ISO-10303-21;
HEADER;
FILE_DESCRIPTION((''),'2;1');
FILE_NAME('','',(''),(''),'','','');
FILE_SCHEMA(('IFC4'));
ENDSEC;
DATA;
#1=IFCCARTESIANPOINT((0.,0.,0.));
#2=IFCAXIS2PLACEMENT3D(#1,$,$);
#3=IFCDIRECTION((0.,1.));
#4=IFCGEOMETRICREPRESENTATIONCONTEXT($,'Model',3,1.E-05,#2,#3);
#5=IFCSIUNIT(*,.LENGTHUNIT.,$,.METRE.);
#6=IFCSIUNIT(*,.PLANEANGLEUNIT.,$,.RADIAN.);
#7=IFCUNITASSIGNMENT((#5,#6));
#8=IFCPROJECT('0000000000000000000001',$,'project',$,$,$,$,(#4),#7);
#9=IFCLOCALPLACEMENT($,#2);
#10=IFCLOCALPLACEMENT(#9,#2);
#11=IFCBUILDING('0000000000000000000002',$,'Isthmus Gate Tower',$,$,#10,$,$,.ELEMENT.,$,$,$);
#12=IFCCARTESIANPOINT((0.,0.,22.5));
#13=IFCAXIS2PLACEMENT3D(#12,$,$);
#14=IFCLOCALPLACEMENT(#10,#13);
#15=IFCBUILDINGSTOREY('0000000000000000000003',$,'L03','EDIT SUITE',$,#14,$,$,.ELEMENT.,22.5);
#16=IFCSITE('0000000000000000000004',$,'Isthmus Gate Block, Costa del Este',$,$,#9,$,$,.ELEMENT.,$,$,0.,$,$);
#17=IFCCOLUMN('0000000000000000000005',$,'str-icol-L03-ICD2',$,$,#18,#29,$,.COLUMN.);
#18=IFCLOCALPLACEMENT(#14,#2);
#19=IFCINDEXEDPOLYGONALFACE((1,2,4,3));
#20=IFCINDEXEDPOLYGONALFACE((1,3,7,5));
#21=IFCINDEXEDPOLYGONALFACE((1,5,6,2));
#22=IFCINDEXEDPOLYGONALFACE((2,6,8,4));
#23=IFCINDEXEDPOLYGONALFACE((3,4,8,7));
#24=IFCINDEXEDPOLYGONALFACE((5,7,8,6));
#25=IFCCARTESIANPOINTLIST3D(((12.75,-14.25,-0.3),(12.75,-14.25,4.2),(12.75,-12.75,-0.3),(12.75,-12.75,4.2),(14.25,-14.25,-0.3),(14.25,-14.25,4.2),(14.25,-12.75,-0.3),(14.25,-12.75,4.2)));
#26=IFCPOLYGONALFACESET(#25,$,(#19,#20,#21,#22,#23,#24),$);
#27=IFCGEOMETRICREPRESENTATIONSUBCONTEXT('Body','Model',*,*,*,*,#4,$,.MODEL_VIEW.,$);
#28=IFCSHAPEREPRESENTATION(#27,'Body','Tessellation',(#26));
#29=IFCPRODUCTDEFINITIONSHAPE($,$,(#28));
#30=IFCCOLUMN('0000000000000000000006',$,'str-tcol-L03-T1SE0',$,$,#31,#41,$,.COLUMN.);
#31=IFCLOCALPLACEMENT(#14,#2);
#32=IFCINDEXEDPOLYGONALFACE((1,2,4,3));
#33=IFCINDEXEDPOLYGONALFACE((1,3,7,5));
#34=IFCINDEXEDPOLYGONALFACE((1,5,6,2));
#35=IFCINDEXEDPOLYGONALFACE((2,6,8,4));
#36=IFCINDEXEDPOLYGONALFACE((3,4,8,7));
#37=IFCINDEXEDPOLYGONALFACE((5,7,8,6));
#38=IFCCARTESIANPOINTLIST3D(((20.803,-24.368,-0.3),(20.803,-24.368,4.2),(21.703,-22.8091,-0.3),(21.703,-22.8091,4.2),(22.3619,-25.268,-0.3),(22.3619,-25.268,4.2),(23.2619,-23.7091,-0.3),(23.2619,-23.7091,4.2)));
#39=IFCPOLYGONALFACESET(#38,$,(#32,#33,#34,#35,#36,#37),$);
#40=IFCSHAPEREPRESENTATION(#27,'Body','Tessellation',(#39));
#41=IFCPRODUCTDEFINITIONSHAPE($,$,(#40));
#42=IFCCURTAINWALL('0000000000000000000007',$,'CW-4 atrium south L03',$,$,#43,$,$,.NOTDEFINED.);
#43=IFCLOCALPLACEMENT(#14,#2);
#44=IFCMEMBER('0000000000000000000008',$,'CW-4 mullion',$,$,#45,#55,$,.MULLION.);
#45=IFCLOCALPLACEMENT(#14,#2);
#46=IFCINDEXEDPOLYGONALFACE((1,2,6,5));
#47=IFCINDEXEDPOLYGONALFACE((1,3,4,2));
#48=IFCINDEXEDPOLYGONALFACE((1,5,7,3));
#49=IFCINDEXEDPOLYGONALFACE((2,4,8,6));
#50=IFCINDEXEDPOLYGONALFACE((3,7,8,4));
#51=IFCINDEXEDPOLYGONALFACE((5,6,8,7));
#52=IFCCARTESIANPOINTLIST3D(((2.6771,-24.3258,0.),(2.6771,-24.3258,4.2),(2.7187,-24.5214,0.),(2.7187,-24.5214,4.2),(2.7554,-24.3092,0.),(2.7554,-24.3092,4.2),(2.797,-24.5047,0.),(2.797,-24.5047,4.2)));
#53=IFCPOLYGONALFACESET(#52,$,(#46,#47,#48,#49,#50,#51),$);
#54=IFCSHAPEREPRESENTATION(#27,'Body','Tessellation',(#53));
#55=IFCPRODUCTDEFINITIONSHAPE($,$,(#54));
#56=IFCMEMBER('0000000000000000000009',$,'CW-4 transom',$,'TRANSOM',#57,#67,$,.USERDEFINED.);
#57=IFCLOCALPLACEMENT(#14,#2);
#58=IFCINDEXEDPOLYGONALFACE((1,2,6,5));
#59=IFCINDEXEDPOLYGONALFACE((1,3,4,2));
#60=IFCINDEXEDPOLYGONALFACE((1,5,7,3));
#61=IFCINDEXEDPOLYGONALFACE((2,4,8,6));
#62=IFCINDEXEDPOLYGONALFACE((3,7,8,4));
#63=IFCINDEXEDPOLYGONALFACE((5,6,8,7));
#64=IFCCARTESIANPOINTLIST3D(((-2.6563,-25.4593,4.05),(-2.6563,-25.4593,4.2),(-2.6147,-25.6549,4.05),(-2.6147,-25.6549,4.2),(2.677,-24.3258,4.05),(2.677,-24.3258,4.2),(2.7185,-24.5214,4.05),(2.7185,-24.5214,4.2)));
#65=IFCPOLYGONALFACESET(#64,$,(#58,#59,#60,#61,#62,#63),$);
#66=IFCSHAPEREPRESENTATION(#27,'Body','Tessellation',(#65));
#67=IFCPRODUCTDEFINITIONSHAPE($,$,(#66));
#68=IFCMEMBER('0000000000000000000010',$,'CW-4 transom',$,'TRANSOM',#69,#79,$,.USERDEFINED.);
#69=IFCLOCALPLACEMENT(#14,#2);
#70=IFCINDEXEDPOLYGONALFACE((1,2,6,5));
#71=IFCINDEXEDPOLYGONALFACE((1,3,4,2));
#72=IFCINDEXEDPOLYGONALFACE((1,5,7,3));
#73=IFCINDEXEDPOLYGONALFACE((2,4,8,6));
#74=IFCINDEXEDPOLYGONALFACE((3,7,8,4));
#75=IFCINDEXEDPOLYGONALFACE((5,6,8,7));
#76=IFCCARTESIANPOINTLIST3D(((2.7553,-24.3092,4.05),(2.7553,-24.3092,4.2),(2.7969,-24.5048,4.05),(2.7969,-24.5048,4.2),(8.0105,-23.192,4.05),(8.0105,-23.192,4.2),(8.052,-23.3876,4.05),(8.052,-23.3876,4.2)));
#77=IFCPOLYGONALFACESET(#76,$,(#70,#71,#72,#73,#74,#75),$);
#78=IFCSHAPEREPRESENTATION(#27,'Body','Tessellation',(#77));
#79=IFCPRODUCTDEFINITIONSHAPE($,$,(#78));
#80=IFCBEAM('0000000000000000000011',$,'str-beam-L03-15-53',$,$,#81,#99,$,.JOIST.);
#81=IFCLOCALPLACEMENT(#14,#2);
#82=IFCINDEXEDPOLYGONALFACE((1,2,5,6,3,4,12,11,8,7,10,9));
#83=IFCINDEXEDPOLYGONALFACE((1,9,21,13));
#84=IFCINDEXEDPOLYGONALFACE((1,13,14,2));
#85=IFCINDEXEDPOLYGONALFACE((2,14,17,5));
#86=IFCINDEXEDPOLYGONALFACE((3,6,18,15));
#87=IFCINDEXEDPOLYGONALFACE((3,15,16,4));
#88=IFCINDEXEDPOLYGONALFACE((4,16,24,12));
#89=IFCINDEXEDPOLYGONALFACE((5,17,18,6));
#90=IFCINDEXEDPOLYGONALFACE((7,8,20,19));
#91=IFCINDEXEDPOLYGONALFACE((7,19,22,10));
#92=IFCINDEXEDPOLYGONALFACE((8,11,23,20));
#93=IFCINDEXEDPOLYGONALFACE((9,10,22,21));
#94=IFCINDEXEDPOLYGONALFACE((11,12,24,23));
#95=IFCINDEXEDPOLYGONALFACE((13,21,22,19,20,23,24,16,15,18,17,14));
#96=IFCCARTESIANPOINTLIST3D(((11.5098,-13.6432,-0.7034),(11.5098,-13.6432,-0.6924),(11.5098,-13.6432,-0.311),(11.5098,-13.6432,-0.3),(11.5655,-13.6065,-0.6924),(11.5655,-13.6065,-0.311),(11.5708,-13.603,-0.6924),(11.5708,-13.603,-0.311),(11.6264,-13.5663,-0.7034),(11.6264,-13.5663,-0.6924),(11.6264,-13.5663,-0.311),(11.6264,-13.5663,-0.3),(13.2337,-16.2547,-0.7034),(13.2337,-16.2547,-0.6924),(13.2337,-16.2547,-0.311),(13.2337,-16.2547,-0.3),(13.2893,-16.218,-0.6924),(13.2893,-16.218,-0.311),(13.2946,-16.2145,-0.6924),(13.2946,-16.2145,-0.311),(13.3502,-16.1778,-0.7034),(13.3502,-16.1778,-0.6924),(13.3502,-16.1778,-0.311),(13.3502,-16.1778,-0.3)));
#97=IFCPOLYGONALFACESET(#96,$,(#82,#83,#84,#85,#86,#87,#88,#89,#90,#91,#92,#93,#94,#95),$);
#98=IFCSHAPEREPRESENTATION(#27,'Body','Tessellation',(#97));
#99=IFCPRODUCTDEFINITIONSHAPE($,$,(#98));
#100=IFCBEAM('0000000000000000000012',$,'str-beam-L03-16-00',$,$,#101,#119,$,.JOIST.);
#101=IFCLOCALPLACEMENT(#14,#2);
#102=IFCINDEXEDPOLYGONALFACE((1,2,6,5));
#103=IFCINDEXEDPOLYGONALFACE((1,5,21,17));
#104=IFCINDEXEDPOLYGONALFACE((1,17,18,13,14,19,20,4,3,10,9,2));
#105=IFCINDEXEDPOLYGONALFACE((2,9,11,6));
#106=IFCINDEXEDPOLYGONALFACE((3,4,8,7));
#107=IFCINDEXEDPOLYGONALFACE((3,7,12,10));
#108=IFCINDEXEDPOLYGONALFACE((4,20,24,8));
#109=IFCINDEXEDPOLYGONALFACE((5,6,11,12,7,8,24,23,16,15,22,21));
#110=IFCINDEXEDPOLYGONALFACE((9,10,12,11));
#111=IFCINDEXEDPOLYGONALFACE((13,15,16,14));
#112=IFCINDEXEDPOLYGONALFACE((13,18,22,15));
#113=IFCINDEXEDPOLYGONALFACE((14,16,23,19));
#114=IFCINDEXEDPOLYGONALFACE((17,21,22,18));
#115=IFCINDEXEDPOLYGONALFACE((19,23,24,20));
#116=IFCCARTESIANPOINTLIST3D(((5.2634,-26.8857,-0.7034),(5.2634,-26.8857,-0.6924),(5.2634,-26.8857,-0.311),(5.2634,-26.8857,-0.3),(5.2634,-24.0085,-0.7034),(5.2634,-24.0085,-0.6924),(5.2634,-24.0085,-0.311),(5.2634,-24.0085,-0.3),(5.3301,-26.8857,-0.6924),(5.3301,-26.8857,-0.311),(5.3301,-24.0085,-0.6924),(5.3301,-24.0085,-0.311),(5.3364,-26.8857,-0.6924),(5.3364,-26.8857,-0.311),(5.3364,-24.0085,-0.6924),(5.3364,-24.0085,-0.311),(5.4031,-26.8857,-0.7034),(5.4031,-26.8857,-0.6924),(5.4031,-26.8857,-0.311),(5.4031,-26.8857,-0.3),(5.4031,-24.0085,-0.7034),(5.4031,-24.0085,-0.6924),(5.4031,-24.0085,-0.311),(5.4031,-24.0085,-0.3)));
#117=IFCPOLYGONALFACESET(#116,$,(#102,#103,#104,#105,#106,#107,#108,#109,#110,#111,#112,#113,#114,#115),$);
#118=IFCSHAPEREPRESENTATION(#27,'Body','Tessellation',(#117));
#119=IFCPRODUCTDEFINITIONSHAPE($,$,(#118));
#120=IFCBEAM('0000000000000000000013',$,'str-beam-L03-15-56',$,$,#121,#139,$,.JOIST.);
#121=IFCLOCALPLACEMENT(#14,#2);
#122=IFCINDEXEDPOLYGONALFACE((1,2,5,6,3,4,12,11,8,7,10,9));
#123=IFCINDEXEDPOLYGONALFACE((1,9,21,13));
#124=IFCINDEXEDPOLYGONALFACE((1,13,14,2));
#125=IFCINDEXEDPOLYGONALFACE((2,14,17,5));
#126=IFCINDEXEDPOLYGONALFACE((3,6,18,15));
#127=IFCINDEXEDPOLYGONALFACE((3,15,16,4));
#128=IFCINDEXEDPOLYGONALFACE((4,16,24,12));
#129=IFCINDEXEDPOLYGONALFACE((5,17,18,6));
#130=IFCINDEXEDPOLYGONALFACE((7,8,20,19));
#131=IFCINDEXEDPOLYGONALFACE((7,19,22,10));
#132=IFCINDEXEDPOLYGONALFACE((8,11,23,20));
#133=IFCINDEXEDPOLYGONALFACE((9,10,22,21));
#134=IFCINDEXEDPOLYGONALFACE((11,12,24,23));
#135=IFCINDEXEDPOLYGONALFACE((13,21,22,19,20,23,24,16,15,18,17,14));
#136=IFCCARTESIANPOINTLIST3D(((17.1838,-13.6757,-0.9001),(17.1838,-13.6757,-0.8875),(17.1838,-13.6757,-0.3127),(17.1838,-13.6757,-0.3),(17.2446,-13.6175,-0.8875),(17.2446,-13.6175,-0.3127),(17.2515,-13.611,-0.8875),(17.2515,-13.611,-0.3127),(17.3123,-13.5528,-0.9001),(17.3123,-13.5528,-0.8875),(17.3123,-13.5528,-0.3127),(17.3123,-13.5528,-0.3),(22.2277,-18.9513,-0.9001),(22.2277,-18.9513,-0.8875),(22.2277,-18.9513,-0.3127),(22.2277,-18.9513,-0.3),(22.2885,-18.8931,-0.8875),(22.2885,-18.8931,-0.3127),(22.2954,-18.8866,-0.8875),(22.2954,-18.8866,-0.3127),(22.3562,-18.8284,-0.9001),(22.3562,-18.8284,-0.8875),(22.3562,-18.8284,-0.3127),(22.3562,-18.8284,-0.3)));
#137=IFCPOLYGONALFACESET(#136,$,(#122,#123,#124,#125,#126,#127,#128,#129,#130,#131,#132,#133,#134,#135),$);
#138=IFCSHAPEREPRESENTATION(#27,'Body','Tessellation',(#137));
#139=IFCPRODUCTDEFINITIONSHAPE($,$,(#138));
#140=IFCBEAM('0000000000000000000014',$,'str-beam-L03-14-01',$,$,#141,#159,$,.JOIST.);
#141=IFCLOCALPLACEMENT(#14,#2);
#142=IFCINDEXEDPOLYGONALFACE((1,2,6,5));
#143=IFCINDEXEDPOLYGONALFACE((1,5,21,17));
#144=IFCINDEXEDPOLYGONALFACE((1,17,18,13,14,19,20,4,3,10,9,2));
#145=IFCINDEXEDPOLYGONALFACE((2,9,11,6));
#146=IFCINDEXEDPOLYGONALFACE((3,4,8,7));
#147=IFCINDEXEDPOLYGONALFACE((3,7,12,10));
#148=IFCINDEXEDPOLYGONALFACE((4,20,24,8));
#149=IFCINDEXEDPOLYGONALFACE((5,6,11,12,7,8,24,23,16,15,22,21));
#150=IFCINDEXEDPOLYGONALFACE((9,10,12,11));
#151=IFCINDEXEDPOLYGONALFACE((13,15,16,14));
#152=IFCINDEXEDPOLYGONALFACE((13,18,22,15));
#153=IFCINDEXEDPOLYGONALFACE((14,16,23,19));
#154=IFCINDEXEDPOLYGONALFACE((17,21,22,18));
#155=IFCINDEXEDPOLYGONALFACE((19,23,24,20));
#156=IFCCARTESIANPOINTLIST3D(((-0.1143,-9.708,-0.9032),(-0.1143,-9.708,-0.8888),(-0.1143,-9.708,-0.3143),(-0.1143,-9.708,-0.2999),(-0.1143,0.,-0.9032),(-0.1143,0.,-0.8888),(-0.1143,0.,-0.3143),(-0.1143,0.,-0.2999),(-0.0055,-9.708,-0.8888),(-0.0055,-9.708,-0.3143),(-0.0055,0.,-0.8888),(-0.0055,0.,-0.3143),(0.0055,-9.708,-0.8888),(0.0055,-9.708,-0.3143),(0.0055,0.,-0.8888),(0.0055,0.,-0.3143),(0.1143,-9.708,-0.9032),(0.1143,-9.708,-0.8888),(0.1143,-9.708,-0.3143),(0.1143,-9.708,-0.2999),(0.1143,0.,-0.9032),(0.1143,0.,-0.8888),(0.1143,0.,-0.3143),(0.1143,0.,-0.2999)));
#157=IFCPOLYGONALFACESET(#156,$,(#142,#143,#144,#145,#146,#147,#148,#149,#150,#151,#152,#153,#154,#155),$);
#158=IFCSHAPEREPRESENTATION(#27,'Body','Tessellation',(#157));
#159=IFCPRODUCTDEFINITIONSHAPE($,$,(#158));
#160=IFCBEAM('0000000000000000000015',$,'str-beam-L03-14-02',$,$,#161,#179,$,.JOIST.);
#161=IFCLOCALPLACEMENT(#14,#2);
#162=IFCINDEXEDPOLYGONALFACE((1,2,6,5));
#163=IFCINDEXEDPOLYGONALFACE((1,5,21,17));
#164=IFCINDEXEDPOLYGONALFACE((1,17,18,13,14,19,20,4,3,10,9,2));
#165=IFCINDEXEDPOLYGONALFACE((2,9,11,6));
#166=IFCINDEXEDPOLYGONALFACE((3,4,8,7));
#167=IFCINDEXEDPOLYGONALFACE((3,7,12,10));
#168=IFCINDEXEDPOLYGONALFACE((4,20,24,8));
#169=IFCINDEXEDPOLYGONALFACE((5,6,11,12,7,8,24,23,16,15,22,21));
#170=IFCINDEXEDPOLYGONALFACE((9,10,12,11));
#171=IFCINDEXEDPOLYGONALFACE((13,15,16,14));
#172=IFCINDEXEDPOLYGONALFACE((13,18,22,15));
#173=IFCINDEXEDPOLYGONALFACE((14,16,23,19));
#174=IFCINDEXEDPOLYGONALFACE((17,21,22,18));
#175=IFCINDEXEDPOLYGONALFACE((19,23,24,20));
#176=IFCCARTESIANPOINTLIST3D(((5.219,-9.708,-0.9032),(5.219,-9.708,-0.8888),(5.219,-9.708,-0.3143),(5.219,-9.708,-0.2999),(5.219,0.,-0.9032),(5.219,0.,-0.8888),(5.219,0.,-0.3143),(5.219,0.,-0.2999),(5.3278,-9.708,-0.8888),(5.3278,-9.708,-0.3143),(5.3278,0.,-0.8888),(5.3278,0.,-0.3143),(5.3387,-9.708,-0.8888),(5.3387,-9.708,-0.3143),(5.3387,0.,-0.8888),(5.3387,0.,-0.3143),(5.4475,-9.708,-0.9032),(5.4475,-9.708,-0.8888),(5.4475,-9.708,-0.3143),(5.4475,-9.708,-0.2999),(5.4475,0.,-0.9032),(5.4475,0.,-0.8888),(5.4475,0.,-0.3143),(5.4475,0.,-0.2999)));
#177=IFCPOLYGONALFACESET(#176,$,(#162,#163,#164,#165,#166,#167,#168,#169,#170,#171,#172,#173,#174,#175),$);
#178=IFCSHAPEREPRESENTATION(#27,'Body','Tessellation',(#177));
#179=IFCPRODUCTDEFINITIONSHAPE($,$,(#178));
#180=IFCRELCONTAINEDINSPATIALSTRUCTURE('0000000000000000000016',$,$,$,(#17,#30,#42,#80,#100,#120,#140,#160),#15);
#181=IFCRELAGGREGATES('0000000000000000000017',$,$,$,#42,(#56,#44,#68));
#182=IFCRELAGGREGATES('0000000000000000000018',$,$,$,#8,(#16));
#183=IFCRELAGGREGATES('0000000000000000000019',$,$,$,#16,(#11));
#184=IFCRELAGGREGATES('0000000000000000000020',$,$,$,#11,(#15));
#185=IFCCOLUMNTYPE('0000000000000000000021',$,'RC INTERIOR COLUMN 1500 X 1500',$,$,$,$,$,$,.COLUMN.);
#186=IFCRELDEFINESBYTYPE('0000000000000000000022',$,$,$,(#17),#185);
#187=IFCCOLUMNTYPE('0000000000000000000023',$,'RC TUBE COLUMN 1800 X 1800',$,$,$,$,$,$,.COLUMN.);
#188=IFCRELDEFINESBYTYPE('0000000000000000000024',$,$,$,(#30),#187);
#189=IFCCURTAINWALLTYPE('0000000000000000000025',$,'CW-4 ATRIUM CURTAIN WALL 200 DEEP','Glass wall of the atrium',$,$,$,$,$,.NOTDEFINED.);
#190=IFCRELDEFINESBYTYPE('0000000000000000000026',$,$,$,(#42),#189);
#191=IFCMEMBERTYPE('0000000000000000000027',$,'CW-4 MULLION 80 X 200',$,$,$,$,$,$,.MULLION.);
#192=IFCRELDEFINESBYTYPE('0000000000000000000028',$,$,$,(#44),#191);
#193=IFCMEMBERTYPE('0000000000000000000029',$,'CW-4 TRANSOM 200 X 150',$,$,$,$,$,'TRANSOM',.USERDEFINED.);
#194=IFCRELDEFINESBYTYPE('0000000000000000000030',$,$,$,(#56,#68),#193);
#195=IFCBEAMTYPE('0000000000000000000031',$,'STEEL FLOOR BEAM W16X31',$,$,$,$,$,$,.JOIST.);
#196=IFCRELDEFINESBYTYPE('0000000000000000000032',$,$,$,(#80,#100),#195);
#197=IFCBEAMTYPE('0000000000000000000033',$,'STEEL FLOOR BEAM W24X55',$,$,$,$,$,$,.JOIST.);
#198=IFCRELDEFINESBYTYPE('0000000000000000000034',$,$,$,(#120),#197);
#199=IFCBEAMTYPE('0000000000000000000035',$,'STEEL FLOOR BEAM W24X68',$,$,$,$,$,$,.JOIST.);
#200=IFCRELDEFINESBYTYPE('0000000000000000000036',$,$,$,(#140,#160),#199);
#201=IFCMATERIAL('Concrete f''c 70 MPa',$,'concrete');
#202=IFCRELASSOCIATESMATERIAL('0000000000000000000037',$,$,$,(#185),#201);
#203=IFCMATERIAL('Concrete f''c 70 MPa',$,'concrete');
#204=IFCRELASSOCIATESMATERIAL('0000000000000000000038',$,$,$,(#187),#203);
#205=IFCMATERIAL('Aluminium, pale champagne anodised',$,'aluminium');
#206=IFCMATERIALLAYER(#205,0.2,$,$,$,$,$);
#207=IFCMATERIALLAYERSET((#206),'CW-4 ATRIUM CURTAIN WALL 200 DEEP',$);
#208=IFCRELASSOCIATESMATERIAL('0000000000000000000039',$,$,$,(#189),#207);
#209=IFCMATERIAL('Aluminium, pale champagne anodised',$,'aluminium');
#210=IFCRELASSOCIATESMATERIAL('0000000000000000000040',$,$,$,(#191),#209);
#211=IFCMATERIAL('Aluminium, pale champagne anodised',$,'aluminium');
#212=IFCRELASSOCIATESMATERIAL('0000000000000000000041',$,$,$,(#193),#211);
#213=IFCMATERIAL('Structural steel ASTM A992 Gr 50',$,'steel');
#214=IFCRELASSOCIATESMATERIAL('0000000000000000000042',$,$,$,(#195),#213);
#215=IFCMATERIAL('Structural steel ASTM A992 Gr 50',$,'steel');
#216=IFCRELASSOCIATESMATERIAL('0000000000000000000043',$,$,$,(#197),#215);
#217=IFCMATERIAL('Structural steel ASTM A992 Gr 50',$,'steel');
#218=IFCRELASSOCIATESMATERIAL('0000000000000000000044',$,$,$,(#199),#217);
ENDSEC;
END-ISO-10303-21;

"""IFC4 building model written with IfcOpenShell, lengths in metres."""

from ifc_helpers import new_model, si_unit, direction, frame, origin, origin_2d, place, context, subcontext, project, spatial, rectangle, i_section, extrude, material, layer, layer_set, material_profile, profile_set, type_object, element, aggregate, save


model = new_model("IFC4")

# Units and contexts
model_context = context("Model", 3, precision=1e-05, world=origin(), true_north=direction((0.0, 1.0)))
body_context = subcontext(model_context, "Body", "Model", "MODEL_VIEW")
ifc_project = project(units=[si_unit("LENGTHUNIT", "METRE"), si_unit("PLANEANGLEUNIT", "RADIAN")], contexts=[model_context])

# Site, building, storey
site_placement = place(None, origin())
site = spatial("IfcSite", under=ifc_project, at=site_placement, Name="Isthmus Gate Block, Costa del Este", CompositionType="ELEMENT", RefElevation=0.0)
building_placement = place(site_placement, origin())
building = spatial("IfcBuilding", under=site, at=building_placement, Name="Isthmus Gate Tower", CompositionType="ELEMENT")
storey_placement = place(building_placement, frame((0.0, 0.0, 22.5)))
storey = spatial("IfcBuildingStorey", under=building, at=storey_placement, Name="L03", Description="EDIT SUITE", CompositionType="ELEMENT", Elevation=22.5)

# Columns
ifc_material_1 = material(Name="Concrete f'c 70 MPa", Category="concrete")
ifc_material_profile_1 = material_profile(ifc_material_1, rectangle(XDim=1.5, YDim=1.5, at=origin_2d()), Name="RC 1500X1500")
ifc_profile_set_1 = profile_set([ifc_material_profile_1], Name="Concrete f'c 70 MPa")
column_type_1 = type_object("IfcColumnType", Name="RC INTERIOR COLUMN 1500 X 1500", PredefinedType="COLUMN", material=ifc_profile_set_1)
column_1_placement = place(storey_placement, frame((13.5, -13.5, -0.3), z_axis=(0.0, 0.0, 1.0), x_axis=(1.0, 0.0, 0.0)))
element("IfcColumn", 1, at=column_1_placement, inside=storey, type_object=column_type_1, Name="str-icol-L03-ICD2", PredefinedType="COLUMN", context=body_context, shape_type="SweptSolid", body=[
    extrude(rectangle(XDim=1.5, YDim=1.5, at=origin_2d()), origin(), (0.0, 0.0, 1.0), 4.5),
])
ifc_material_2 = material(Name="Concrete f'c 70 MPa", Category="concrete")
ifc_material_profile_2 = material_profile(ifc_material_2, rectangle(XDim=1.8, YDim=1.8, at=origin_2d()), Name="RC 1800X1800")
ifc_profile_set_2 = profile_set([ifc_material_profile_2], Name="Concrete f'c 70 MPa")
column_type_2 = type_object("IfcColumnType", Name="RC TUBE COLUMN 1800 X 1800", PredefinedType="COLUMN", material=ifc_profile_set_2)
column_2_placement = place(storey_placement, frame((22.0325, -24.0386, -0.3), z_axis=(0.0, 0.0, 1.0), x_axis=(0.5, 0.866025, 0.0)))
element("IfcColumn", 2, at=column_2_placement, inside=storey, type_object=column_type_2, Name="str-tcol-L03-T1SE0", PredefinedType="COLUMN", context=body_context, shape_type="SweptSolid", body=[
    extrude(rectangle(XDim=1.8, YDim=1.8, at=origin_2d()), origin(), (0.0, 0.0, 1.0), 4.5),
])

# Curtain wall, members
ifc_material_3 = material(Name="Aluminium, pale champagne anodised", Category="aluminium")
ifc_layer_1 = layer(ifc_material_3, 0.2)
ifc_layer_set_1 = layer_set([ifc_layer_1], Name="CW-4 ATRIUM CURTAIN WALL 200 DEEP")
curtain_wall_type = type_object("IfcCurtainWallType", Name="CW-4 ATRIUM CURTAIN WALL 200 DEEP", Description="Glass wall of the atrium", PredefinedType="NOTDEFINED", material=ifc_layer_set_1)
curtain_wall_placement = place(storey_placement, origin())
curtain_wall = element("IfcCurtainWall", 3, at=curtain_wall_placement, inside=storey, type_object=curtain_wall_type, Name="CW-4 atrium south L03", PredefinedType="NOTDEFINED")
ifc_material_4 = material(Name="Aluminium, pale champagne anodised", Category="aluminium")
ifc_material_profile_3 = material_profile(ifc_material_4, rectangle(XDim=0.0801, YDim=0.2, at=origin_2d()), Name="80x200")
ifc_profile_set_3 = profile_set([ifc_material_profile_3], Name="Aluminium, pale champagne anodised")
member_type_1 = type_object("IfcMemberType", Name="CW-4 MULLION 80 X 200", PredefinedType="MULLION", material=ifc_profile_set_3)
member_1_placement = place(storey_placement, frame((2.7371, -24.4153, 0.0), z_axis=(0.0, 0.0, 1.0), x_axis=(0.978148, 0.207912, 0.0)))
member_1 = element("IfcMember", 4, at=member_1_placement, type_object=member_type_1, Name="CW-4 mullion", PredefinedType="MULLION", context=body_context, shape_type="SweptSolid", body=[
    extrude(rectangle(XDim=0.0801, YDim=0.2, at=origin_2d()), origin(), (0.0, 0.0, 1.0), 4.2),
])
ifc_material_5 = material(Name="Aluminium, pale champagne anodised", Category="aluminium")
ifc_material_profile_4 = material_profile(ifc_material_5, rectangle(XDim=0.2, YDim=0.1499, at=origin_2d()), Name="200x150")
ifc_profile_set_4 = profile_set([ifc_material_profile_4], Name="Aluminium, pale champagne anodised")
member_type_2 = type_object("IfcMemberType", Name="CW-4 TRANSOM 200 X 150", ElementType="TRANSOM", PredefinedType="USERDEFINED", material=ifc_profile_set_4)
member_2_placement = place(storey_placement, frame((-2.6355, -25.5571, 4.125), z_axis=(0.97815, 0.207899, 0.0), x_axis=(-0.207899, 0.97815, 0.0)))
member_2 = element("IfcMember", 5, at=member_2_placement, type_object=member_type_2, Name="CW-4 transom", ObjectType="TRANSOM", PredefinedType="USERDEFINED", context=body_context, shape_type="SweptSolid", body=[
    extrude(rectangle(XDim=0.2, YDim=0.1499, at=origin_2d()), origin(), (0.0, 0.0, 1.0), 5.4524),
])
member_3_placement = place(storey_placement, frame((2.7761, -24.407, 4.125), z_axis=(0.978141, 0.207943, 0.0), x_axis=(-0.207943, 0.978141, 0.0)))
member_3 = element("IfcMember", 6, at=member_3_placement, type_object=member_type_2, Name="CW-4 transom", ObjectType="TRANSOM", PredefinedType="USERDEFINED", context=body_context, shape_type="SweptSolid", body=[
    extrude(rectangle(XDim=0.2, YDim=0.1499, at=origin_2d()), origin(), (0.0, 0.0, 1.0), 5.3726),
])

# Beams
ifc_material_6 = material(Name="Structural steel ASTM A992 Gr 50", Category="steel")
ifc_material_profile_5 = material_profile(ifc_material_6, i_section(OverallWidth=0.1396, OverallDepth=0.4033, WebThickness=0.0063, FlangeThickness=0.011, at=origin_2d()), Name="W16X31")
ifc_profile_set_5 = profile_set([ifc_material_profile_5], Name="Structural steel ASTM A992 Gr 50")
beam_type_1 = type_object("IfcBeamType", Name="STEEL FLOOR BEAM W16X31", PredefinedType="JOIST", material=ifc_profile_set_5)
beam_1_placement = place(storey_placement, frame((11.5681, -13.6047, -0.5017), z_axis=(0.550895, -0.834574, 0.0), x_axis=(0.834574, 0.550895, 0.0)))
element("IfcBeam", 7, at=beam_1_placement, inside=storey, type_object=beam_type_1, Name="str-beam-L03-15-53", PredefinedType="JOIST", context=body_context, shape_type="SweptSolid", body=[
    extrude(i_section(OverallWidth=0.1396, OverallDepth=0.4033, WebThickness=0.0063, FlangeThickness=0.011, at=origin_2d()), origin(), (0.0, 0.0, 1.0), 3.1292),
])
beam_2_placement = place(storey_placement, frame((5.3333, -26.8857, -0.5017), z_axis=(0.0, 1.0, 0.0), x_axis=(-1.0, 0.0, 0.0)))
element("IfcBeam", 8, at=beam_2_placement, inside=storey, type_object=beam_type_1, Name="str-beam-L03-16-00", PredefinedType="JOIST", context=body_context, shape_type="SweptSolid", body=[
    extrude(i_section(OverallWidth=0.1396, OverallDepth=0.4033, WebThickness=0.0063, FlangeThickness=0.011, at=origin_2d()), origin(), (0.0, 0.0, 1.0), 2.8772),
])
ifc_material_7 = material(Name="Structural steel ASTM A992 Gr 50", Category="steel")
ifc_material_profile_6 = material_profile(ifc_material_7, i_section(OverallWidth=0.1777, OverallDepth=0.6001, WebThickness=0.0095, FlangeThickness=0.0127, at=origin_2d()), Name="W24X55")
ifc_profile_set_6 = profile_set([ifc_material_profile_6], Name="Structural steel ASTM A992 Gr 50")
beam_type_2 = type_object("IfcBeamType", Name="STEEL FLOOR BEAM W24X55", PredefinedType="JOIST", material=ifc_profile_set_6)
beam_3_placement = place(storey_placement, frame((17.248, -13.6143, -0.6001), z_axis=(0.691057, -0.7228, 0.0), x_axis=(0.7228, 0.691057, 0.0)))
element("IfcBeam", 9, at=beam_3_placement, inside=storey, type_object=beam_type_2, Name="str-beam-L03-15-56", PredefinedType="JOIST", context=body_context, shape_type="SweptSolid", body=[
    extrude(i_section(OverallWidth=0.1777, OverallDepth=0.6001, WebThickness=0.0095, FlangeThickness=0.0127, at=origin_2d()), origin(), (0.0, 0.0, 1.0), 7.2988),
])
ifc_material_8 = material(Name="Structural steel ASTM A992 Gr 50", Category="steel")
ifc_material_profile_7 = material_profile(ifc_material_8, i_section(OverallWidth=0.2285, OverallDepth=0.6033, WebThickness=0.011, FlangeThickness=0.0144, at=origin_2d()), Name="W24X68")
ifc_profile_set_7 = profile_set([ifc_material_profile_7], Name="Structural steel ASTM A992 Gr 50")
beam_type_3 = type_object("IfcBeamType", Name="STEEL FLOOR BEAM W24X68", PredefinedType="JOIST", material=ifc_profile_set_7)
for number, where, z_axis, x_axis, name in (
    (10, (0.0, -9.708, -0.6016), (0.0, 1.0, 0.0), (-1.0, 0.0, 0.0), "str-beam-L03-14-01"),
    (11, (5.3333, -9.708, -0.6016), (0.0, 1.0, 0.0), (-1.0, 0.0, 0.0), "str-beam-L03-14-02"),
):
    element("IfcBeam", number, at=place(storey_placement, frame(where, z_axis=z_axis, x_axis=x_axis)), inside=storey, type_object=beam_type_3, Name=name, PredefinedType="JOIST", context=body_context, shape_type="SweptSolid", body=[
        extrude(i_section(OverallWidth=0.2285, OverallDepth=0.6033, WebThickness=0.011, FlangeThickness=0.0144, at=origin_2d()), origin(), (0.0, 0.0, 1.0), 9.708),
    ])

aggregate(curtain_wall, [member_2, member_1, member_3])

save(model, "model.ifc")
